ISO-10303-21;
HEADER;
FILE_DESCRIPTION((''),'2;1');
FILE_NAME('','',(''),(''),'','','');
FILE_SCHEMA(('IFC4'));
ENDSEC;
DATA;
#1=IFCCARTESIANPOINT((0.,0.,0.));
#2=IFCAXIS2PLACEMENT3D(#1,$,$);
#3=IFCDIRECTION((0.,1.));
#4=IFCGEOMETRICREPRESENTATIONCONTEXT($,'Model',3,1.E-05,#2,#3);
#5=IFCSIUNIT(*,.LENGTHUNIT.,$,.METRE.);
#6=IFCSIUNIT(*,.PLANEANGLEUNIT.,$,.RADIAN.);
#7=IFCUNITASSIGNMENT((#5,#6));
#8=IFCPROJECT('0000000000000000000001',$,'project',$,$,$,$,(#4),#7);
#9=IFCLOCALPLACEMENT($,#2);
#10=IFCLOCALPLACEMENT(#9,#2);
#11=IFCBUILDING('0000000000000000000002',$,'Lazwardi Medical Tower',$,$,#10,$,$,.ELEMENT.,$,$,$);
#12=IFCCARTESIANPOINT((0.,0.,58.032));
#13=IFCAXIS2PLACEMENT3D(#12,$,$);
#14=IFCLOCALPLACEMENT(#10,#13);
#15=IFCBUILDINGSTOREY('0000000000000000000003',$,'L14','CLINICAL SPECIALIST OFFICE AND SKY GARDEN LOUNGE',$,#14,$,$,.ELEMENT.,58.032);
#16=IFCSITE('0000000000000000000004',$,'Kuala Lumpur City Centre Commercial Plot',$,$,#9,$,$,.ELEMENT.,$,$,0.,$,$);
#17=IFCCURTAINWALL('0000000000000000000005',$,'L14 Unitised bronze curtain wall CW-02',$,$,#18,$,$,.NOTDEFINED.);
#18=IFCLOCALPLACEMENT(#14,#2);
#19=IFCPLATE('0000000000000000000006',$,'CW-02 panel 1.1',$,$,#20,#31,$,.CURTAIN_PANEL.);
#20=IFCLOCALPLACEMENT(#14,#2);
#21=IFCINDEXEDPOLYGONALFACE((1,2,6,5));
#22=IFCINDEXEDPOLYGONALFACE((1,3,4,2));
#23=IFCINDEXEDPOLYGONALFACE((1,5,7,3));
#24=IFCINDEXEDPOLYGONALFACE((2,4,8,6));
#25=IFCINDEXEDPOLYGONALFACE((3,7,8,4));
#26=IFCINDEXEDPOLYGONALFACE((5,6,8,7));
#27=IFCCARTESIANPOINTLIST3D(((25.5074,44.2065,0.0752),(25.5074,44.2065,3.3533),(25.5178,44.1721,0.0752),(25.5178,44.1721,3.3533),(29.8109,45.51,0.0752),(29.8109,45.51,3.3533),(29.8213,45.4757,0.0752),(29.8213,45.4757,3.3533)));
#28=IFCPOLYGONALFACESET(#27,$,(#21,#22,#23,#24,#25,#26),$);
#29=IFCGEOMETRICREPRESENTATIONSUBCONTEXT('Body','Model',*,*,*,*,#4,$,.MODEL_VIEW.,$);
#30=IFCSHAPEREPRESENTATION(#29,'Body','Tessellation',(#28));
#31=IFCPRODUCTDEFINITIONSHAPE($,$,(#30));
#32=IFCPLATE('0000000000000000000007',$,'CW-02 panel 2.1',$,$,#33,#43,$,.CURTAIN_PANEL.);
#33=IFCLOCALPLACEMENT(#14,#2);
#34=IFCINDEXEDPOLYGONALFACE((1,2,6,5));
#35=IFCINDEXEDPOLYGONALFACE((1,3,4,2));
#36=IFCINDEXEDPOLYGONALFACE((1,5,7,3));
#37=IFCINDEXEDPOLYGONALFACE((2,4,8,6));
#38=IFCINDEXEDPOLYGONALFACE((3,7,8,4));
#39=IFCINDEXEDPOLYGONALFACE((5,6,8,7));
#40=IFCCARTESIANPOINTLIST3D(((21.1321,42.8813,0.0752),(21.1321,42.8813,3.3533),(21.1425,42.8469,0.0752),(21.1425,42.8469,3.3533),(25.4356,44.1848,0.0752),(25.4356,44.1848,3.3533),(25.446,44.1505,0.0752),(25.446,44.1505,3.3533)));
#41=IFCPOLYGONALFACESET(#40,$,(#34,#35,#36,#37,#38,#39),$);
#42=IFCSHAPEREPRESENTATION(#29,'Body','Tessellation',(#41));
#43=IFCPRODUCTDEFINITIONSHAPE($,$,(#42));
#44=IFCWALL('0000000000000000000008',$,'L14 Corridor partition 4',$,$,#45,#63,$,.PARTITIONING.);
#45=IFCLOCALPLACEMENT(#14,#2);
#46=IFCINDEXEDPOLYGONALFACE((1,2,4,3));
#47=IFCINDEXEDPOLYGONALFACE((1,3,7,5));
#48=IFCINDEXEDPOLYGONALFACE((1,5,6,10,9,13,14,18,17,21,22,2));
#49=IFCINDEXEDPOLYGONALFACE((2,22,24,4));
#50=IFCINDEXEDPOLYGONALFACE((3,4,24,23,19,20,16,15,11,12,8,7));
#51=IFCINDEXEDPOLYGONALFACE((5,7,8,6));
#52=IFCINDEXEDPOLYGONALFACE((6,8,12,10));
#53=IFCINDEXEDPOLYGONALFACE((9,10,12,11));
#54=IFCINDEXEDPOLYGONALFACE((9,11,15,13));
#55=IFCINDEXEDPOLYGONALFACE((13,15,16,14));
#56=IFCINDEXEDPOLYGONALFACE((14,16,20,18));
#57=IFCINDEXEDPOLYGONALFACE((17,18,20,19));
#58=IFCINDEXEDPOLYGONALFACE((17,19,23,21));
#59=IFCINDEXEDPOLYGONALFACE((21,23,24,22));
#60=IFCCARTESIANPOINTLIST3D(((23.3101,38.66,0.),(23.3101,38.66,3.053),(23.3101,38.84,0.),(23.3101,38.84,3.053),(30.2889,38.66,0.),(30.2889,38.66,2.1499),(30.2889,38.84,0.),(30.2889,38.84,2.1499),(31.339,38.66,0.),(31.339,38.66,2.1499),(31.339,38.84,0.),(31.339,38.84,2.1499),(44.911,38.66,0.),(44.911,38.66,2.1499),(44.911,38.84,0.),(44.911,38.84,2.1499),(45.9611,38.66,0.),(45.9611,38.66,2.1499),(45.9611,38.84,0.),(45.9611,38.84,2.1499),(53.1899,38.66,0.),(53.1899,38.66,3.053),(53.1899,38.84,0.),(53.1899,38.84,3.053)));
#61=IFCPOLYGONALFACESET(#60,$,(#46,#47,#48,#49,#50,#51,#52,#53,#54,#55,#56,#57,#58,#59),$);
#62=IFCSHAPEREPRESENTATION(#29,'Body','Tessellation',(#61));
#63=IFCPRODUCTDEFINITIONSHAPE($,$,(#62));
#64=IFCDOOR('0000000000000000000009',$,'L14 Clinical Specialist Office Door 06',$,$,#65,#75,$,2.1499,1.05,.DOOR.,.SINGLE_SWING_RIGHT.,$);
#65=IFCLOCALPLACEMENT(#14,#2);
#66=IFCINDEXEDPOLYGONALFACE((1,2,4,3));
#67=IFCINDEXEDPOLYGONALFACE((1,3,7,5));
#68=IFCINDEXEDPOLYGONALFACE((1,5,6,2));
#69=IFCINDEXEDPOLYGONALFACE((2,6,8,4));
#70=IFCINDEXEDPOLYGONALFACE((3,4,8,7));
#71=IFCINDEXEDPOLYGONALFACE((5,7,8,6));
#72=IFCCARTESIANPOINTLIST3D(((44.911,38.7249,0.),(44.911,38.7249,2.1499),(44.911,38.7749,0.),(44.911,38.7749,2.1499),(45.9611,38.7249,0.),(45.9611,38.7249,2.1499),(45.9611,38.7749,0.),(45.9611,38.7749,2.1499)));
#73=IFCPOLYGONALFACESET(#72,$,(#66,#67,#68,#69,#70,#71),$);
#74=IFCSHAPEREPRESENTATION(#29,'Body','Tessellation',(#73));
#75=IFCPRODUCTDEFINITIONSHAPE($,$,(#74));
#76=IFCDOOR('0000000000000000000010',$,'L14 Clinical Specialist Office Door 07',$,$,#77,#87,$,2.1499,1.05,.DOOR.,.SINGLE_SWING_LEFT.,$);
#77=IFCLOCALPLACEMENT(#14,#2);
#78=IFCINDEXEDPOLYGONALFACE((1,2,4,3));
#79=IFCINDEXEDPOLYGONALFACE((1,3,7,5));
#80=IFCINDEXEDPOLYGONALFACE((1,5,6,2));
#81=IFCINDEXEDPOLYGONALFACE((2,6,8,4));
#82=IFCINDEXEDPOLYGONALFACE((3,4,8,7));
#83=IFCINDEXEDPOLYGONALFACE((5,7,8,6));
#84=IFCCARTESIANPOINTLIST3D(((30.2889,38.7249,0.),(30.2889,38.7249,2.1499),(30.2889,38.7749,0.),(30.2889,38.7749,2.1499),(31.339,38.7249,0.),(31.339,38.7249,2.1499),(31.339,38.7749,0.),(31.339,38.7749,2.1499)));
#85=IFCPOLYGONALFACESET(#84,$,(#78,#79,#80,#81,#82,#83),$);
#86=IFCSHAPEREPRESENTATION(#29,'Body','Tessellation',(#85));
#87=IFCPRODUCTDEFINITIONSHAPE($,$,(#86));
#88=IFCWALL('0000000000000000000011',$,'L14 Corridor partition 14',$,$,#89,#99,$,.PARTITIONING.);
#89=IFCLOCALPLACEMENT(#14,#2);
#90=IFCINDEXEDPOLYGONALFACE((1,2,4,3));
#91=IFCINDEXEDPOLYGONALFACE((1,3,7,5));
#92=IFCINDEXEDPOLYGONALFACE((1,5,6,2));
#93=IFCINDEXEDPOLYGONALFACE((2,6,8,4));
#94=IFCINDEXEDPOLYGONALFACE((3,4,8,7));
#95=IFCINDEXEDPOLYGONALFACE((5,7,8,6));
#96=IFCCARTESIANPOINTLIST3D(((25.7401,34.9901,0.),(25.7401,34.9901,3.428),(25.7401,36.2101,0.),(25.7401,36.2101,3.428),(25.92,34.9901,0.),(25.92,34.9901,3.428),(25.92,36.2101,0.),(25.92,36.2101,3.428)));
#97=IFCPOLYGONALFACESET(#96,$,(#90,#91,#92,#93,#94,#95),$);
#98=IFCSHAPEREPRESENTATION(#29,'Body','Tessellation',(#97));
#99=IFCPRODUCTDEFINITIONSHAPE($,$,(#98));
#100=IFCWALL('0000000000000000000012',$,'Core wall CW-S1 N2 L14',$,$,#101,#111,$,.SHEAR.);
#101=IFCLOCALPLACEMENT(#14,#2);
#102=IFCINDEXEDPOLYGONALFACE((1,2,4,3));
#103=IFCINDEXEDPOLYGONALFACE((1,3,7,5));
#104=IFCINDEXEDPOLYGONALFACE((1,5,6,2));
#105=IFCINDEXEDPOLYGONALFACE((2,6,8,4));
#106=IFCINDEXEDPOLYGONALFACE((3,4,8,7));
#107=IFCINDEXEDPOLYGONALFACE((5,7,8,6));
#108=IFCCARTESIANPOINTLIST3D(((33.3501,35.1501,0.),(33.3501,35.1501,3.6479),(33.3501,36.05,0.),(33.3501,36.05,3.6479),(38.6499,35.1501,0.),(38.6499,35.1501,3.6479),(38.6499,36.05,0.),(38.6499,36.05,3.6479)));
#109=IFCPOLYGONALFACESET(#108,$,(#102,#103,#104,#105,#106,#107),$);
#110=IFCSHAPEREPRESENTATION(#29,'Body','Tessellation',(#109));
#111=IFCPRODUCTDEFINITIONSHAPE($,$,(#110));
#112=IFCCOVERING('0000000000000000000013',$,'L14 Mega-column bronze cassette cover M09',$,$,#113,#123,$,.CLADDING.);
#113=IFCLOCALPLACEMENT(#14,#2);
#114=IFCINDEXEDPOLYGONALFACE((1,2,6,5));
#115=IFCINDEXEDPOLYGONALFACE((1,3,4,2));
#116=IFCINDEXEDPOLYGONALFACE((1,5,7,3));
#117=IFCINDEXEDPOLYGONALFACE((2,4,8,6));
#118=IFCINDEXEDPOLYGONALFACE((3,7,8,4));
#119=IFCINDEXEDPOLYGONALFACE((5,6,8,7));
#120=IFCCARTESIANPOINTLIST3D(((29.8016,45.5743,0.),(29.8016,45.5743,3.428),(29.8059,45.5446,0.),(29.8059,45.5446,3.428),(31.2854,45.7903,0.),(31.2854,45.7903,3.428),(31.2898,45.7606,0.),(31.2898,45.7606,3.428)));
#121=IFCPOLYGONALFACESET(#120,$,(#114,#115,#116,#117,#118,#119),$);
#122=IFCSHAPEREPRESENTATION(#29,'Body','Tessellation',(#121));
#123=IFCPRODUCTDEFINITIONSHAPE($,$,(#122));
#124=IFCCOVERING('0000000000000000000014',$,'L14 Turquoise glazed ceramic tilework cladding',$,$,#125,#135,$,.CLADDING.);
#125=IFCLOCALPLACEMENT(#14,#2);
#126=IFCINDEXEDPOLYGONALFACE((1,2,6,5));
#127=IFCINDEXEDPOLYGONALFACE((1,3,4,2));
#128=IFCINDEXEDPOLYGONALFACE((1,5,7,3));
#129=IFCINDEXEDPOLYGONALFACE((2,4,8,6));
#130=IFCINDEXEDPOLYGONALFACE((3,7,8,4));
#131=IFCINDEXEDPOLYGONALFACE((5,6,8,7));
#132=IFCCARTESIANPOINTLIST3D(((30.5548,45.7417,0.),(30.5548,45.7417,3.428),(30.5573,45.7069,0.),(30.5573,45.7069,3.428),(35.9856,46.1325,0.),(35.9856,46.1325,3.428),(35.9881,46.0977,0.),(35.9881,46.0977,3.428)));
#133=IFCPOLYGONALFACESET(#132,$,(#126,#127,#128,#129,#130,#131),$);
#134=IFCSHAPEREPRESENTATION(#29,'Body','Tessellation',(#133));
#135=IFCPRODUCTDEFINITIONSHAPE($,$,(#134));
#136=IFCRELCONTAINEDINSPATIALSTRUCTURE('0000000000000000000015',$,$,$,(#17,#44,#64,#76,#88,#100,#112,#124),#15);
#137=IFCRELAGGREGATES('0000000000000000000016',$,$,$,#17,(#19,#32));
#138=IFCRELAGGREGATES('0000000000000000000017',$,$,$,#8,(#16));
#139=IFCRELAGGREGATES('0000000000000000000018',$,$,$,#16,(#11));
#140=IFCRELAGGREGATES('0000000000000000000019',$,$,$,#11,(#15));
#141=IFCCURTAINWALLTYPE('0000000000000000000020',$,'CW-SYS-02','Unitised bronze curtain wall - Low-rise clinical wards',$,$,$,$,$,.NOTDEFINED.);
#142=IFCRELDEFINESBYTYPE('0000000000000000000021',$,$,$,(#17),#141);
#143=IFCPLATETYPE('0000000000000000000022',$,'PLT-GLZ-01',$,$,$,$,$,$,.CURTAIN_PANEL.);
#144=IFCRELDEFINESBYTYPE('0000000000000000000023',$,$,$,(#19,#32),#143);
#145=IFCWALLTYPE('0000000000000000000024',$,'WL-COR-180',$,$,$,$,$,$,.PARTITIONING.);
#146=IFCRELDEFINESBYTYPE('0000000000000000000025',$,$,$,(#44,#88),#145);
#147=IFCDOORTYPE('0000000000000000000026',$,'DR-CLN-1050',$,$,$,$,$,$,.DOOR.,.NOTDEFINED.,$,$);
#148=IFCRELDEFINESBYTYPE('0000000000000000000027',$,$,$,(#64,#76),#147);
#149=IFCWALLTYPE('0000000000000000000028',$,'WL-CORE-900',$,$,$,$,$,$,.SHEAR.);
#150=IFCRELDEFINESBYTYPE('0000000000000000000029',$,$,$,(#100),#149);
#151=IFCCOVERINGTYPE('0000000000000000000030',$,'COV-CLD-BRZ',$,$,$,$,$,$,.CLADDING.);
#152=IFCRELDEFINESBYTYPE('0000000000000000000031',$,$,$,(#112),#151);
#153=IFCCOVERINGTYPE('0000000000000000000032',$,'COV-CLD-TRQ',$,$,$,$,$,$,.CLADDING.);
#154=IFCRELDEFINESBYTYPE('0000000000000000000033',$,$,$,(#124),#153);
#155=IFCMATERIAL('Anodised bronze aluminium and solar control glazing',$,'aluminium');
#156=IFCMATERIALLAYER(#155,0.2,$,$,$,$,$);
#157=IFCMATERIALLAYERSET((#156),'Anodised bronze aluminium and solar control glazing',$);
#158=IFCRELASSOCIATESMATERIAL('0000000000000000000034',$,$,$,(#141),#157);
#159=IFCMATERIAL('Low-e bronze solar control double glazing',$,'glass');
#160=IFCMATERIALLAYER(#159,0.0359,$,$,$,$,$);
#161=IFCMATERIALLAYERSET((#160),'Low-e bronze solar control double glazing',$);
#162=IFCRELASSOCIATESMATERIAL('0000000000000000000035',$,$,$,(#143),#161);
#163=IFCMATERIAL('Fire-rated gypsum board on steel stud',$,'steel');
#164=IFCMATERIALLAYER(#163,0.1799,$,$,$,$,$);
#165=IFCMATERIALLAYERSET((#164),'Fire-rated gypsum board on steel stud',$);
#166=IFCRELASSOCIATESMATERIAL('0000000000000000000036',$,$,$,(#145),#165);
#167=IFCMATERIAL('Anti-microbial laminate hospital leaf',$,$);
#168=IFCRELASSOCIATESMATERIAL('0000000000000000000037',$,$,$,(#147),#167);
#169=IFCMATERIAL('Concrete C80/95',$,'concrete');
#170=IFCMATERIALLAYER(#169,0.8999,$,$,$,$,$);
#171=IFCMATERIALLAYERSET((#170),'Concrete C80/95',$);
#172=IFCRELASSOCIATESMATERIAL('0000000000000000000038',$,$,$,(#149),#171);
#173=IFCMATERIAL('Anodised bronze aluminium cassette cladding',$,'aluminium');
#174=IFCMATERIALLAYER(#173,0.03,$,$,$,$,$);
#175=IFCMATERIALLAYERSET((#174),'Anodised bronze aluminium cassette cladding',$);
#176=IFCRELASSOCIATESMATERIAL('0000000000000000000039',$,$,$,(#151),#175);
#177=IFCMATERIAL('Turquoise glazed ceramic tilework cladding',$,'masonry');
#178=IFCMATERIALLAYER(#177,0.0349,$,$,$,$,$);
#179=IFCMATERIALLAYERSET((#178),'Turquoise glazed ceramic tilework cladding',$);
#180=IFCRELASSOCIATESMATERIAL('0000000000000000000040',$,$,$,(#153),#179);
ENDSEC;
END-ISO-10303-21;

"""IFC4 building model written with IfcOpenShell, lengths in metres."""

from ifc_helpers import new_model, si_unit, direction, frame, frame_2d, origin, origin_2d, place, context, subcontext, project, spatial, rectangle, extrude, material, layer, layer_set, type_object, element, fill, aggregate, save


model = new_model("IFC4")

# Units and contexts
model_context = context("Model", 3, precision=1e-05, world=origin(), true_north=direction((0.0, 1.0)))
body_context = subcontext(model_context, "Body", "Model", "MODEL_VIEW")
ifc_project = project(units=[si_unit("LENGTHUNIT", "METRE"), si_unit("PLANEANGLEUNIT", "RADIAN")], contexts=[model_context])

# Site, building, storey
site_placement = place(None, origin())
site = spatial("IfcSite", under=ifc_project, at=site_placement, Name="Kuala Lumpur City Centre Commercial Plot", CompositionType="ELEMENT", RefElevation=0.0)
building_placement = place(site_placement, origin())
building = spatial("IfcBuilding", under=site, at=building_placement, Name="Lazwardi Medical Tower", CompositionType="ELEMENT")
storey_placement = place(building_placement, frame((0.0, 0.0, 58.032)))
storey = spatial("IfcBuildingStorey", under=building, at=storey_placement, Name="L14", Description="CLINICAL SPECIALIST OFFICE AND SKY GARDEN LOUNGE", CompositionType="ELEMENT", Elevation=58.032)

# Shared definitions
ifc_material_1 = material(Name="Concrete C80/95", Category="concrete")

# Curtain wall, plates
ifc_material_2 = material(Name="Anodised bronze aluminium and solar control glazing", Category="aluminium")
ifc_layer_1 = layer(ifc_material_2, 0.2)
ifc_layer_set_1 = layer_set([ifc_layer_1], Name="Anodised bronze aluminium and solar control glazing")
curtain_wall_type = type_object("IfcCurtainWallType", Name="CW-SYS-02", Description="Unitised bronze curtain wall - Low-rise clinical wards", PredefinedType="NOTDEFINED", material=ifc_layer_set_1)
curtain_wall_placement = place(storey_placement, origin())
curtain_wall = element("IfcCurtainWall", 1, at=curtain_wall_placement, inside=storey, type_object=curtain_wall_type, Name="L14 Unitised bronze curtain wall CW-02", PredefinedType="NOTDEFINED")
ifc_material_3 = material(Name="Low-e bronze solar control double glazing", Category="glass")
ifc_layer_2 = layer(ifc_material_3, 0.0359)
ifc_layer_set_2 = layer_set([ifc_layer_2], Name="Low-e bronze solar control double glazing")
plate_type = type_object("IfcPlateType", Name="PLT-GLZ-01", PredefinedType="CURTAIN_PANEL", material=ifc_layer_set_2)
plate_1_placement = place(storey_placement, frame((27.6643, 44.8411, 0.0752), z_axis=(0.0, 0.0, 1.0), x_axis=(-0.957058, -0.289896, 0.0)))
plate_1 = element("IfcPlate", 2, at=plate_1_placement, type_object=plate_type, Name="CW-02 panel 1.1", PredefinedType="CURTAIN_PANEL", context=body_context, shape_type="SweptSolid", body=[
    extrude(rectangle(XDim=4.4966, YDim=0.0359, at=origin_2d()), origin(), (0.0, 0.0, 1.0), 3.2781),
])
plate_2_placement = place(storey_placement, frame((23.2891, 43.5159, 0.0752), z_axis=(0.0, 0.0, 1.0), x_axis=(-0.957058, -0.289896, 0.0)))
plate_2 = element("IfcPlate", 3, at=plate_2_placement, type_object=plate_type, Name="CW-02 panel 2.1", PredefinedType="CURTAIN_PANEL", context=body_context, shape_type="SweptSolid", body=[
    extrude(rectangle(XDim=4.4966, YDim=0.0359, at=origin_2d()), origin(), (0.0, 0.0, 1.0), 3.2781),
])
aggregate(curtain_wall, [plate_1, plate_2])

# Wall, openings, doors
ifc_material_4 = material(Name="Fire-rated gypsum board on steel stud", Category="steel")
ifc_layer_3 = layer(ifc_material_4, 0.1799)
ifc_layer_set_3 = layer_set([ifc_layer_3], Name="Fire-rated gypsum board on steel stud")
wall_type_1 = type_object("IfcWallType", Name="WL-COR-180", PredefinedType="PARTITIONING", material=ifc_layer_set_3)
wall_1_placement = place(storey_placement, frame((23.3101, 38.75, 0.0), z_axis=(0.0, 0.0, 1.0), x_axis=(1.0, 0.0, 0.0)))
wall_1 = element("IfcWall", 4, at=wall_1_placement, inside=storey, type_object=wall_type_1, Name="L14 Corridor partition 4", PredefinedType="PARTITIONING", context=body_context, shape_type="SweptSolid", body=[
    extrude(rectangle(XDim=29.8799, YDim=0.1799, at=frame_2d((14.9399, 0.0))), origin(), (0.0, 0.0, 1.0), 3.053),
])
opening_1_placement = place(wall_1_placement, frame((21.6011, 0.0, 0.0)))
opening_1 = element("IfcOpeningElement", 5, at=opening_1_placement, cuts=wall_1, PredefinedType="OPENING", context=body_context, shape_type="SweptSolid", body=[
    extrude(rectangle(XDim=1.05, YDim=2.1499, at=frame_2d((0.5249, 1.075))), frame((0.0, 0.0999, 0.0), z_axis=(0.0, -1.0, 0.0), x_axis=(1.0, 0.0, 0.0)), (0.0, 0.0, 1.0), 0.2),
])
opening_2_placement = place(wall_1_placement, frame((6.979, 0.0, 0.0)))
opening_2 = element("IfcOpeningElement", 6, at=opening_2_placement, cuts=wall_1, PredefinedType="OPENING", context=body_context, shape_type="SweptSolid", body=[
    extrude(rectangle(XDim=1.05, YDim=2.1499, at=frame_2d((0.5249, 1.075))), frame((0.0, 0.0999, 0.0), z_axis=(0.0, -1.0, 0.0), x_axis=(1.0, 0.0, 0.0)), (0.0, 0.0, 1.0), 0.2),
])
ifc_material_5 = material(Name="Anti-microbial laminate hospital leaf")
door_type = type_object("IfcDoorType", Name="DR-CLN-1050", OperationType="NOTDEFINED", PredefinedType="DOOR", material=ifc_material_5)
door_1_placement = place(opening_1_placement, origin())
door_1 = element("IfcDoor", 7, at=door_1_placement, inside=storey, type_object=door_type, Name="L14 Clinical Specialist Office Door 06", OperationType="SINGLE_SWING_RIGHT", OverallHeight=2.1499, OverallWidth=1.05, PredefinedType="DOOR", context=body_context, shape_type="SweptSolid", body=[
    extrude(rectangle(XDim=1.05, YDim=2.1499, at=frame_2d((0.5249, 1.075))), frame((0.0, 0.0249, 0.0), z_axis=(0.0, -1.0, 0.0), x_axis=(1.0, 0.0, 0.0)), (0.0, 0.0, 1.0), 0.05),
])
fill(opening_1, door_1)
door_2_placement = place(opening_2_placement, origin())
door_2 = element("IfcDoor", 8, at=door_2_placement, inside=storey, type_object=door_type, Name="L14 Clinical Specialist Office Door 07", OperationType="SINGLE_SWING_LEFT", OverallHeight=2.1499, OverallWidth=1.05, PredefinedType="DOOR", context=body_context, shape_type="SweptSolid", body=[
    extrude(rectangle(XDim=1.05, YDim=2.1499, at=frame_2d((0.5249, 1.075))), frame((0.0, 0.0249, 0.0), z_axis=(0.0, -1.0, 0.0), x_axis=(1.0, 0.0, 0.0)), (0.0, 0.0, 1.0), 0.05),
])
fill(opening_2, door_2)

# Walls
wall_2_placement = place(storey_placement, frame((25.8301, 36.21, 0.0), z_axis=(0.0, 0.0, 1.0), x_axis=(0.0, -1.0, 0.0)))
element("IfcWall", 9, at=wall_2_placement, inside=storey, type_object=wall_type_1, Name="L14 Corridor partition 14", PredefinedType="PARTITIONING", context=body_context, shape_type="SweptSolid", body=[
    extrude(rectangle(XDim=1.22, YDim=0.1799, at=frame_2d((0.6099, 0.0))), origin(), (0.0, 0.0, 1.0), 3.428),
])
ifc_layer_4 = layer(ifc_material_1, 0.8999)
ifc_layer_set_4 = layer_set([ifc_layer_4], Name="Concrete C80/95")
wall_type_2 = type_object("IfcWallType", Name="WL-CORE-900", PredefinedType="SHEAR", material=ifc_layer_set_4)
wall_3_placement = place(storey_placement, frame((33.3501, 35.6001, 0.0), z_axis=(0.0, 0.0, 1.0), x_axis=(1.0, 0.0, 0.0)))
element("IfcWall", 10, at=wall_3_placement, inside=storey, type_object=wall_type_2, Name="Core wall CW-S1 N2 L14", PredefinedType="SHEAR", context=body_context, shape_type="SweptSolid", body=[
    extrude(rectangle(XDim=5.2998, YDim=0.8999, at=frame_2d((2.6499, 0.0))), origin(), (0.0, 0.0, 1.0), 3.6479),
])

# Coverings
ifc_material_6 = material(Name="Anodised bronze aluminium cassette cladding", Category="aluminium")
ifc_layer_5 = layer(ifc_material_6, 0.03)
ifc_layer_set_5 = layer_set([ifc_layer_5], Name="Anodised bronze aluminium cassette cladding")
covering_type_1 = type_object("IfcCoveringType", Name="COV-CLD-BRZ", PredefinedType="CLADDING", material=ifc_layer_set_5)
covering_1_placement = place(storey_placement, frame((30.5457, 45.6675, 0.0), z_axis=(0.0, 0.0, 1.0), x_axis=(-0.989573, -0.144035, 0.0)))
element("IfcCovering", 11, at=covering_1_placement, inside=storey, type_object=covering_type_1, Name="L14 Mega-column bronze cassette cover M09", PredefinedType="CLADDING", context=body_context, shape_type="SweptSolid", body=[
    extrude(rectangle(XDim=1.4995, YDim=0.03, at=origin_2d()), origin(), (0.0, 0.0, 1.0), 3.428),
])
ifc_material_7 = material(Name="Turquoise glazed ceramic tilework cladding", Category="masonry")
ifc_layer_6 = layer(ifc_material_7, 0.0349)
ifc_layer_set_6 = layer_set([ifc_layer_6], Name="Turquoise glazed ceramic tilework cladding")
covering_type_2 = type_object("IfcCoveringType", Name="COV-CLD-TRQ", PredefinedType="CLADDING", material=ifc_layer_set_6)
covering_2_placement = place(storey_placement, frame((33.2715, 45.9197, 0.0), z_axis=(0.0, 0.0, 1.0), x_axis=(-0.997421, -0.071774, 0.0)))
element("IfcCovering", 12, at=covering_2_placement, inside=storey, type_object=covering_type_2, Name="L14 Turquoise glazed ceramic tilework cladding", PredefinedType="CLADDING", context=body_context, shape_type="SweptSolid", body=[
    extrude(rectangle(XDim=5.4448, YDim=0.0349, at=origin_2d()), origin(), (0.0, 0.0, 1.0), 3.428),
])

save(model, "model.ifc")
